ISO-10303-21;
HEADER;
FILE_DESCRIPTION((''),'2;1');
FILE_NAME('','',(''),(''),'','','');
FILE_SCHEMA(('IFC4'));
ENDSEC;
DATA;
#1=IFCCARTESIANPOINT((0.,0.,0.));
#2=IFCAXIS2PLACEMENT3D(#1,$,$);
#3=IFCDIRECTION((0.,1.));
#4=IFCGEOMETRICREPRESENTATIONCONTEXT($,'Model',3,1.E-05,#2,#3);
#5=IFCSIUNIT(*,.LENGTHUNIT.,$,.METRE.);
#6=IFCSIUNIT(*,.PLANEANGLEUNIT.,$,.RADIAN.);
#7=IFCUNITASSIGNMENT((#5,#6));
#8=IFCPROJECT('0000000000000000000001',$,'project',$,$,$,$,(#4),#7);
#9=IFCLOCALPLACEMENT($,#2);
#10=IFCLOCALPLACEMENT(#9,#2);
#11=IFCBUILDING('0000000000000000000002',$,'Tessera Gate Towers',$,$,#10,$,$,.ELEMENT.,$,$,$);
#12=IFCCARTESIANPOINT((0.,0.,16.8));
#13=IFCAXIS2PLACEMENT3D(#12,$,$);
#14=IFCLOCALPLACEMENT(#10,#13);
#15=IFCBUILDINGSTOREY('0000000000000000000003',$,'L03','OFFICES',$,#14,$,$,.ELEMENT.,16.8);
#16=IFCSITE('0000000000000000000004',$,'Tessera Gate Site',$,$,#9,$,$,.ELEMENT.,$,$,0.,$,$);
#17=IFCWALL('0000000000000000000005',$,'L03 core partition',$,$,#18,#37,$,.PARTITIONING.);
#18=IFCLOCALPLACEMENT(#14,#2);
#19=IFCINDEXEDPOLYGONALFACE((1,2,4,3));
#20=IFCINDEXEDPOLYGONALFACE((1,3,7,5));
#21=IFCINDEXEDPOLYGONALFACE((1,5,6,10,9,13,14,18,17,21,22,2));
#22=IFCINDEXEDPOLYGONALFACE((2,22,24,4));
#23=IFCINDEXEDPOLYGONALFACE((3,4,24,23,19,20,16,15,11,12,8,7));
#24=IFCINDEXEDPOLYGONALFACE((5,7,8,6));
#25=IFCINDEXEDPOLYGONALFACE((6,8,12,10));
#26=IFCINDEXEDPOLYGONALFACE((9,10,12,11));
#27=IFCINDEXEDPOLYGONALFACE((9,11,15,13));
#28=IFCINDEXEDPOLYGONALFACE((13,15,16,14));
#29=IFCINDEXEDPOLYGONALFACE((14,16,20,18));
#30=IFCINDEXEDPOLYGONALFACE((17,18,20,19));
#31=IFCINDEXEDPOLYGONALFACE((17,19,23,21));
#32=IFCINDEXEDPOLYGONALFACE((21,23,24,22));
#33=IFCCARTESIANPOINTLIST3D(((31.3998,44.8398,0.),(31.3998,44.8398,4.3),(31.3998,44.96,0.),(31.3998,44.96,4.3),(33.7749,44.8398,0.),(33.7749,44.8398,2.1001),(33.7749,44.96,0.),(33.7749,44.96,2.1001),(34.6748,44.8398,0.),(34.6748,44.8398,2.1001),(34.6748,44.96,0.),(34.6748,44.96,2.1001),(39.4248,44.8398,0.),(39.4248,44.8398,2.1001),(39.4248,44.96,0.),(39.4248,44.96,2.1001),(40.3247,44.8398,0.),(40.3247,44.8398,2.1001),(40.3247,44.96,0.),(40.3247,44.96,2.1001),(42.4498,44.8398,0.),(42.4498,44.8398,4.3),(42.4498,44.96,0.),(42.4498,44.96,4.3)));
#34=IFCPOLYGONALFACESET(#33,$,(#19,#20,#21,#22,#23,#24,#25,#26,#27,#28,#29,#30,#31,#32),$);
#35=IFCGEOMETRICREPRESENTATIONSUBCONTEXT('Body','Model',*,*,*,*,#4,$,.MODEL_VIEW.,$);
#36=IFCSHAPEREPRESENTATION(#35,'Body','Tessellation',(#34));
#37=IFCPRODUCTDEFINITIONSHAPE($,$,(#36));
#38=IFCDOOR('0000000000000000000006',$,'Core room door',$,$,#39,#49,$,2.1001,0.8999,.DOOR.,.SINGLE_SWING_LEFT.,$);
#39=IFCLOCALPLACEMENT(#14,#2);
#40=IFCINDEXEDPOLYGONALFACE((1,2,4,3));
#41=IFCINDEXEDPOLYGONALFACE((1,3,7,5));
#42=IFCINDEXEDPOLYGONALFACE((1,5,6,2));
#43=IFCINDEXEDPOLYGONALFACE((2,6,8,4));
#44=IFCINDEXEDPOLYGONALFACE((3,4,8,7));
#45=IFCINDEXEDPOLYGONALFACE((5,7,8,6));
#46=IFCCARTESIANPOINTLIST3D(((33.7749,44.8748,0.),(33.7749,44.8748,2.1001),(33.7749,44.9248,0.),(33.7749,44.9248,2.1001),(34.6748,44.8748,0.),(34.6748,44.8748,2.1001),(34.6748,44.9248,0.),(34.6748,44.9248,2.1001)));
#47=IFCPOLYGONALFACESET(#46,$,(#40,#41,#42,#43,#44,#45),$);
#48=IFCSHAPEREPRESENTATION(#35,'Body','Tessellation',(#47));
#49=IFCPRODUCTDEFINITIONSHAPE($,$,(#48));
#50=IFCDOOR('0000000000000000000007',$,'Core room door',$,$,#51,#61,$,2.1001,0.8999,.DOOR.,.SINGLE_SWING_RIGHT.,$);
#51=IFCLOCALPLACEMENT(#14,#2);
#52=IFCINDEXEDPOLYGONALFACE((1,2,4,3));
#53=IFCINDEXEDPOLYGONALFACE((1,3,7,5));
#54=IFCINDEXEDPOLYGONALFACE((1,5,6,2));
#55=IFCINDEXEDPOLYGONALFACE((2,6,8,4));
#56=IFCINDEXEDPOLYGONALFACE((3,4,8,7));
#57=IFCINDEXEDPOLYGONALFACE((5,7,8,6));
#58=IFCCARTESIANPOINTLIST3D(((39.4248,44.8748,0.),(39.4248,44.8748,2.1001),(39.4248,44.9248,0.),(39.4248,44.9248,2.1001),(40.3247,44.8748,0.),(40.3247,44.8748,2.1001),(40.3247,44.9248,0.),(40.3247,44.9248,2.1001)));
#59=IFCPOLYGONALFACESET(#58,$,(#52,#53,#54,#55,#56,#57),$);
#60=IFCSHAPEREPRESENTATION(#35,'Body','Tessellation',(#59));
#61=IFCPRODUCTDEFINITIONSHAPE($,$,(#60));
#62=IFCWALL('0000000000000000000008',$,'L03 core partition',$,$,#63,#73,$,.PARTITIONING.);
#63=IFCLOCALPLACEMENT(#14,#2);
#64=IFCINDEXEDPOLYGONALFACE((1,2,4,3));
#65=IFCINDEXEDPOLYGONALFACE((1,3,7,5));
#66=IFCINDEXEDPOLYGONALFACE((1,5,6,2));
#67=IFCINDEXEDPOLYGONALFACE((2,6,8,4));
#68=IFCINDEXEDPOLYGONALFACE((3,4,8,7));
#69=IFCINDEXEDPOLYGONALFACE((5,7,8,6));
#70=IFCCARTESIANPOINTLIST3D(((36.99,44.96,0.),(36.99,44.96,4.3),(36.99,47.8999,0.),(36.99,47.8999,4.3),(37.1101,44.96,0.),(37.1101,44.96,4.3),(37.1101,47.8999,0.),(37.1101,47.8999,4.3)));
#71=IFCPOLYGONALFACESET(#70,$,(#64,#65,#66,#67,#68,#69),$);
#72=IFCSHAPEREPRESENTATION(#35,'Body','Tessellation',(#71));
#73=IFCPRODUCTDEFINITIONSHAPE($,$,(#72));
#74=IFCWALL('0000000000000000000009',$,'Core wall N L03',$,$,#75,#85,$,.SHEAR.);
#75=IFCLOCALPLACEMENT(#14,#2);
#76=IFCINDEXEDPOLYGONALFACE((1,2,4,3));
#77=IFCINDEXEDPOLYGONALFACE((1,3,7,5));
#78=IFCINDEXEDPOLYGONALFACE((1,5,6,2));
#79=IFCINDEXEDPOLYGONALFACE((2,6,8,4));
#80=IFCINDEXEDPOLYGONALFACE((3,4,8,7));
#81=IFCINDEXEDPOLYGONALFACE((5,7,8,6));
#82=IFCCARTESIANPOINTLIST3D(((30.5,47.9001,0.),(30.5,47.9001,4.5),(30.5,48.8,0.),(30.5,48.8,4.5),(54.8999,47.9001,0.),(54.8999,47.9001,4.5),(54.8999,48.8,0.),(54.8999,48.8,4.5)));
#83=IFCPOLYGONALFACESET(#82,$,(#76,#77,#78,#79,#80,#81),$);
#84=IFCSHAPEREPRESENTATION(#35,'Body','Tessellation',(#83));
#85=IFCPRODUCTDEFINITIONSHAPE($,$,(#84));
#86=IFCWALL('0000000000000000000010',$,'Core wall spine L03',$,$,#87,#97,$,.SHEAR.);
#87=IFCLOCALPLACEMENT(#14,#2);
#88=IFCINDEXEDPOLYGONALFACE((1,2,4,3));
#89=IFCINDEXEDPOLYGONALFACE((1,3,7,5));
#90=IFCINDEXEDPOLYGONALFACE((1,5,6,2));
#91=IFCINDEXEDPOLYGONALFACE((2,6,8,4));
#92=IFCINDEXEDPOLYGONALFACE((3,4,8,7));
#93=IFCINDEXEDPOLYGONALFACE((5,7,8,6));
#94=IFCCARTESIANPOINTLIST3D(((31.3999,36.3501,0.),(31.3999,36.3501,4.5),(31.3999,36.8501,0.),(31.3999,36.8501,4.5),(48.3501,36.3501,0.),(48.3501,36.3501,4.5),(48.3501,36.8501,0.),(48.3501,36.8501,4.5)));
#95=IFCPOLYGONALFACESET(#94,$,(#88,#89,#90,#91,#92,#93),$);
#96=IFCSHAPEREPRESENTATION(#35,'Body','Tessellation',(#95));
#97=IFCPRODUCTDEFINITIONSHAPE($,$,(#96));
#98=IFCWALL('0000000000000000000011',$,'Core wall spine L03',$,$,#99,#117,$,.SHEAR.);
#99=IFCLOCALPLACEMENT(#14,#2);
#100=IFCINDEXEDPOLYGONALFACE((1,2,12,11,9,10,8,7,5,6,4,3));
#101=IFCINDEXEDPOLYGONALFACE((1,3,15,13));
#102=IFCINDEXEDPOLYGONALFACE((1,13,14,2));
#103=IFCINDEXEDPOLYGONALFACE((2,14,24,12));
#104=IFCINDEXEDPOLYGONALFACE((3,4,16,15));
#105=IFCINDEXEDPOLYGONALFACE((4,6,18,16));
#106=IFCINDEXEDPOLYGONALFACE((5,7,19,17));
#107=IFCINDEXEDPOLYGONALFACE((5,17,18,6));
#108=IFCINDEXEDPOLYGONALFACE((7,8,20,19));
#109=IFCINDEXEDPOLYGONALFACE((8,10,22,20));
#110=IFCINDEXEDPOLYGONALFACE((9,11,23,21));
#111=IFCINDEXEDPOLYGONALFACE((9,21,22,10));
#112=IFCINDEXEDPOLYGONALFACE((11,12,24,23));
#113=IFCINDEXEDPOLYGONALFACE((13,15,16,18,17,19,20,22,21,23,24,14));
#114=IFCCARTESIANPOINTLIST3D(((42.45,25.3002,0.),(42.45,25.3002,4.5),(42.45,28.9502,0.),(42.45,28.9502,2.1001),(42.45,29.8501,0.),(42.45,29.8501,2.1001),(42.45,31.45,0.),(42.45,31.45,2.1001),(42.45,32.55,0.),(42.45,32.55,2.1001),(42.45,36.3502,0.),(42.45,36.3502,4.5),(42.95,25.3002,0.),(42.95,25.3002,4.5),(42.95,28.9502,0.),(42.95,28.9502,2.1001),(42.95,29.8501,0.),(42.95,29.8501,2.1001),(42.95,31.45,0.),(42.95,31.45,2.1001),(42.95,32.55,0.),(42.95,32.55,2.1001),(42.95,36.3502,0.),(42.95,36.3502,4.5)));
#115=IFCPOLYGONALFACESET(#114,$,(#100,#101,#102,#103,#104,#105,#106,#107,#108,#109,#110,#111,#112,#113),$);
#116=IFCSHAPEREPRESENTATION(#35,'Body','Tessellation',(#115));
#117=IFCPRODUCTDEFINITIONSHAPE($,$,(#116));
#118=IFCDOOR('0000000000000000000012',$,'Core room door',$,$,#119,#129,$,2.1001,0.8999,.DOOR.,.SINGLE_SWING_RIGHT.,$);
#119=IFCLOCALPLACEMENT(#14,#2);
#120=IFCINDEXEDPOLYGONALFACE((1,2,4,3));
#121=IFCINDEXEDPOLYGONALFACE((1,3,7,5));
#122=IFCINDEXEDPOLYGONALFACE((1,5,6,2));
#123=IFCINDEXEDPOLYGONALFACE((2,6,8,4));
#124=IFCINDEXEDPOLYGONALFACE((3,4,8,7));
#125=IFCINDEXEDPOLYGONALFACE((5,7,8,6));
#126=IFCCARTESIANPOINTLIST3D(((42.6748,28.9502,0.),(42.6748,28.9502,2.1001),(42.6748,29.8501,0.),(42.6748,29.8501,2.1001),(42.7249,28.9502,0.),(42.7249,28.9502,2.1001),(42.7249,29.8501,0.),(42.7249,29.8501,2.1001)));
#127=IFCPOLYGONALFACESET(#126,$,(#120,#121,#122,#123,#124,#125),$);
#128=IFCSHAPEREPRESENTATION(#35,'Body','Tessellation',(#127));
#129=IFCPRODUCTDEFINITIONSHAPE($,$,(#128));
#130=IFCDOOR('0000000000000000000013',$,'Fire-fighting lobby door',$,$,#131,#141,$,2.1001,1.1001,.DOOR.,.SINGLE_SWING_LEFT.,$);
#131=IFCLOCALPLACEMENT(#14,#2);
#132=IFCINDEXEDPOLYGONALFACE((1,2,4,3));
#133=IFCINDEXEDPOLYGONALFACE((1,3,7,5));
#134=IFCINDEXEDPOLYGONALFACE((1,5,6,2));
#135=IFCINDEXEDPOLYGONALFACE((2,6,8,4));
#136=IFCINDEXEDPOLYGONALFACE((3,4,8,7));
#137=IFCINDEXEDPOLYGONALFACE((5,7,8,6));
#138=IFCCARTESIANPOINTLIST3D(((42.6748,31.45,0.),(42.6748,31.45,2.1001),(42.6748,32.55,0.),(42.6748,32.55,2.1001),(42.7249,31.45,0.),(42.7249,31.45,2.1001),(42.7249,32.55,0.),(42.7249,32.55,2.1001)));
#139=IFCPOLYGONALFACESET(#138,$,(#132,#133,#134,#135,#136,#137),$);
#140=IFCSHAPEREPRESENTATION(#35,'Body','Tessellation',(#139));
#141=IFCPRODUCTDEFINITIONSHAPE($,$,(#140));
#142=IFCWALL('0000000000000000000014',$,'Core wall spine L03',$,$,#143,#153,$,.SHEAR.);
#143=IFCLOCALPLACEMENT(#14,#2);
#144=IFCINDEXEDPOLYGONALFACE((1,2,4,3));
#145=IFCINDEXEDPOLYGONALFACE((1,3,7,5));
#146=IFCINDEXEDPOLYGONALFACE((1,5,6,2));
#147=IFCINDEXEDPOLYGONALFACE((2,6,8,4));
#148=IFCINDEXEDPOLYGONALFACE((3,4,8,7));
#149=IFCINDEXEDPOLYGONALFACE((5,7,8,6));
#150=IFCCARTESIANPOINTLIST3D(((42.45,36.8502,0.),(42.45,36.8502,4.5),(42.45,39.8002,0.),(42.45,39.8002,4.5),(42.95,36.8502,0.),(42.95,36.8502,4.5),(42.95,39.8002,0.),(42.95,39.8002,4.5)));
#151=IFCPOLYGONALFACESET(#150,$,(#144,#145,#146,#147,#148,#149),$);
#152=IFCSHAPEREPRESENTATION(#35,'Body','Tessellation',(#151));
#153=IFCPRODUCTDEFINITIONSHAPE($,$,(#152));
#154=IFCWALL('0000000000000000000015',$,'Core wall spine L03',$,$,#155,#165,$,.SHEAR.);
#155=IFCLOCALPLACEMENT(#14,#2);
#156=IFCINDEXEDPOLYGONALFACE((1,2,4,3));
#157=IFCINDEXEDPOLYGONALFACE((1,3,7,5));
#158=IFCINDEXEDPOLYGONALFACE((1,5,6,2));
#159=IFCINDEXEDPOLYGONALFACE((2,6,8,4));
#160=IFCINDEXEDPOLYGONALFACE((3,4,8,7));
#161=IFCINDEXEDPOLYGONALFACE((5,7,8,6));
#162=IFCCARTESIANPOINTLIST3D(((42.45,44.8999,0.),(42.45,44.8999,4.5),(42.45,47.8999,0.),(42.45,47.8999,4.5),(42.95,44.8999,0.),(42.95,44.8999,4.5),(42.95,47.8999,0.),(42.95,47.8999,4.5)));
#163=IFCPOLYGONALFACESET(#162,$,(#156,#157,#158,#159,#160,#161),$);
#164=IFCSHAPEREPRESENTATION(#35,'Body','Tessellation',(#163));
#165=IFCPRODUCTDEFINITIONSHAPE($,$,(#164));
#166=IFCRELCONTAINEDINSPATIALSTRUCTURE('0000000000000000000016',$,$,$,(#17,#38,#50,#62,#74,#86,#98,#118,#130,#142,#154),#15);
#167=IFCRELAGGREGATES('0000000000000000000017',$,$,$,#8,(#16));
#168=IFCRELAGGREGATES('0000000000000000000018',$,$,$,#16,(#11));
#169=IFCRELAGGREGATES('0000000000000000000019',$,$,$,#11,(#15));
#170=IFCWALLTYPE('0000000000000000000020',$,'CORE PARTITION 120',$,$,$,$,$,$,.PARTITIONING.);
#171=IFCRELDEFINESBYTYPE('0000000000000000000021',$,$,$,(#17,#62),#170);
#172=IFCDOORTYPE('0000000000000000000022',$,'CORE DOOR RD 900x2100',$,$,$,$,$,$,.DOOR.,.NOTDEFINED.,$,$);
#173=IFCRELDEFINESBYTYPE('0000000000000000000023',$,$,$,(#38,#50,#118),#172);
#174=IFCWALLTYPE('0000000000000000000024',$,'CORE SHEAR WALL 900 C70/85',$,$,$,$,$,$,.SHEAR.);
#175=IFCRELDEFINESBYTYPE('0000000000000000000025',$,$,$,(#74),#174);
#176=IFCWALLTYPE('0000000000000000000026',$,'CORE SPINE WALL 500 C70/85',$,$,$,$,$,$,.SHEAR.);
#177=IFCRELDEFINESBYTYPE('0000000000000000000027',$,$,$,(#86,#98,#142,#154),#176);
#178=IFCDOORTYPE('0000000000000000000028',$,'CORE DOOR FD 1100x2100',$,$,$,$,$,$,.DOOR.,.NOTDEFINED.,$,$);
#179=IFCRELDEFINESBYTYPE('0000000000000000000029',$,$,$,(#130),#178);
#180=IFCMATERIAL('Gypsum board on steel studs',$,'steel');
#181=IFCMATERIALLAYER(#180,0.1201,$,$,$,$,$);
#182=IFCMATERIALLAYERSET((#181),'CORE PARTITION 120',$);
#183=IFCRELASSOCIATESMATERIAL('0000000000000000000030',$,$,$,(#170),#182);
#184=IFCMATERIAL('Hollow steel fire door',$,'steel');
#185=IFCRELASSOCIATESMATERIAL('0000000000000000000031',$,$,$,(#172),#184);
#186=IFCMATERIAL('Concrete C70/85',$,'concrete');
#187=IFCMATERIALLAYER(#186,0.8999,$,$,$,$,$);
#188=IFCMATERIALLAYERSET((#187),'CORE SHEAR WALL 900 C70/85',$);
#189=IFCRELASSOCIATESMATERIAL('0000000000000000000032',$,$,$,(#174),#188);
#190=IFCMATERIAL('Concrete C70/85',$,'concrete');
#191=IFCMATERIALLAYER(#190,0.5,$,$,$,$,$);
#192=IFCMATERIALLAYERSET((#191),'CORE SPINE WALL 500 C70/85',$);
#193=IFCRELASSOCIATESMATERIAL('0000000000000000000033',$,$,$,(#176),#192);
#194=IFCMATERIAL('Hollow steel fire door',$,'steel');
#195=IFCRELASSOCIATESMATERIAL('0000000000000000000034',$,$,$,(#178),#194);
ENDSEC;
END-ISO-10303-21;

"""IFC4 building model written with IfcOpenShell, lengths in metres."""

from ifc_helpers import new_model, si_unit, direction, frame, frame_2d, origin, place, context, subcontext, project, spatial, rectangle, extrude, source, transform, mapped, material, layer, layer_set, type_object, element, fill, save


model = new_model("IFC4")

# Units and contexts
model_context = context("Model", 3, precision=1e-05, world=origin(), true_north=direction((0.0, 1.0)))
body_context = subcontext(model_context, "Body", "Model", "MODEL_VIEW")
ifc_project = project(units=[si_unit("LENGTHUNIT", "METRE"), si_unit("PLANEANGLEUNIT", "RADIAN")], contexts=[model_context])

# Site, building, storey
site_placement = place(None, origin())
site = spatial("IfcSite", under=ifc_project, at=site_placement, Name="Tessera Gate Site", CompositionType="ELEMENT", RefElevation=0.0)
building_placement = place(site_placement, origin())
building = spatial("IfcBuilding", under=site, at=building_placement, Name="Tessera Gate Towers", CompositionType="ELEMENT")
storey_placement = place(building_placement, frame((0.0, 0.0, 16.8)))
storey = spatial("IfcBuildingStorey", under=building, at=storey_placement, Name="L03", Description="OFFICES", CompositionType="ELEMENT", Elevation=16.8)

# Shared definitions
ifc_material_1 = material(Name="Gypsum board on steel studs", Category="steel")
ifc_layer_1 = layer(ifc_material_1, 0.1201)
ifc_layer_set_1 = layer_set([ifc_layer_1], Name="CORE PARTITION 120")
wall_type_1 = type_object("IfcWallType", Name="CORE PARTITION 120", PredefinedType="PARTITIONING", material=ifc_layer_set_1)
shared_shape_1 = source(origin(), body_context, "Body", "SweptSolid", [
    extrude(rectangle(XDim=0.8999, YDim=2.1001, at=frame_2d((0.45, 1.05))), frame((0.0, 0.0701, 0.0), z_axis=(0.0, -1.0, 0.0), x_axis=(1.0, 0.0, 0.0)), (0.0, 0.0, 1.0), 0.1401),
])
ifc_material_2 = material(Name="Hollow steel fire door", Category="steel")
door_type_1 = type_object("IfcDoorType", Name="CORE DOOR RD 900x2100", OperationType="NOTDEFINED", PredefinedType="DOOR", material=ifc_material_2)
shared_shape_2 = source(origin(), body_context, "Body", "SweptSolid", [
    extrude(rectangle(XDim=0.8999, YDim=2.1001, at=frame_2d((0.45, 1.05))), frame((0.0, 0.0249, 0.0), z_axis=(0.0, -1.0, 0.0), x_axis=(1.0, 0.0, 0.0)), (0.0, 0.0, 1.0), 0.05),
])

# Wall, openings, doors
wall_1_placement = place(storey_placement, frame((31.3999, 44.8999, 0.0), z_axis=(0.0, 0.0, 1.0), x_axis=(1.0, 0.0, 0.0)))
wall_1 = element("IfcWall", 1, at=wall_1_placement, inside=storey, type_object=wall_type_1, Name="L03 core partition", PredefinedType="PARTITIONING", context=body_context, shape_type="SweptSolid", body=[
    extrude(rectangle(XDim=11.05, YDim=0.1201, at=frame_2d((5.5249, 0.0))), origin(), (0.0, 0.0, 1.0), 4.3),
])
opening_1_placement = place(wall_1_placement, frame((2.375, 0.0, 0.0)))
opening_1 = element("IfcOpeningElement", 2, at=opening_1_placement, cuts=wall_1, PredefinedType="OPENING", context=body_context, shape_type="MappedRepresentation", body=[
    mapped(shared_shape_1, transform((0.0, 0.0, 0.0), scale=1.0)),
])
opening_2_placement = place(wall_1_placement, frame((8.0249, 0.0, 0.0)))
opening_2 = element("IfcOpeningElement", 3, at=opening_2_placement, cuts=wall_1, PredefinedType="OPENING", context=body_context, shape_type="MappedRepresentation", body=[
    mapped(shared_shape_1, transform((0.0, 0.0, 0.0), scale=1.0)),
])
door_1_placement = place(opening_1_placement, origin())
door_1 = element("IfcDoor", 4, at=door_1_placement, inside=storey, type_object=door_type_1, Name="Core room door", OperationType="SINGLE_SWING_LEFT", OverallHeight=2.1001, OverallWidth=0.8999, PredefinedType="DOOR", context=body_context, shape_type="MappedRepresentation", body=[
    mapped(shared_shape_2, transform((0.0, 0.0, 0.0), scale=1.0)),
])
fill(opening_1, door_1)
door_2_placement = place(opening_2_placement, origin())
door_2 = element("IfcDoor", 5, at=door_2_placement, inside=storey, type_object=door_type_1, Name="Core room door", OperationType="SINGLE_SWING_RIGHT", OverallHeight=2.1001, OverallWidth=0.8999, PredefinedType="DOOR", context=body_context, shape_type="MappedRepresentation", body=[
    mapped(shared_shape_2, transform((0.0, 0.0, 0.0), scale=1.0)),
])
fill(opening_2, door_2)

# Walls
wall_2_placement = place(storey_placement, frame((37.05, 44.96, 0.0), z_axis=(0.0, 0.0, 1.0), x_axis=(0.0, 1.0, 0.0)))
element("IfcWall", 6, at=wall_2_placement, inside=storey, type_object=wall_type_1, Name="L03 core partition", PredefinedType="PARTITIONING", context=body_context, shape_type="SweptSolid", body=[
    extrude(rectangle(XDim=2.9399, YDim=0.1201, at=frame_2d((1.47, 0.0))), origin(), (0.0, 0.0, 1.0), 4.3),
])
ifc_material_3 = material(Name="Concrete C70/85", Category="concrete")
ifc_layer_2 = layer(ifc_material_3, 0.8999)
ifc_layer_set_2 = layer_set([ifc_layer_2], Name="CORE SHEAR WALL 900 C70/85")
wall_type_2 = type_object("IfcWallType", Name="CORE SHEAR WALL 900 C70/85", PredefinedType="SHEAR", material=ifc_layer_set_2)
wall_3_placement = place(storey_placement, frame((30.5, 48.3501, 0.0), z_axis=(0.0, 0.0, 1.0), x_axis=(1.0, 0.0, 0.0)))
element("IfcWall", 7, at=wall_3_placement, inside=storey, type_object=wall_type_2, Name="Core wall N L03", PredefinedType="SHEAR", context=body_context, shape_type="SweptSolid", body=[
    extrude(rectangle(XDim=24.3999, YDim=0.8999, at=frame_2d((12.2, 0.0))), origin(), (0.0, 0.0, 1.0), 4.5),
])
ifc_material_4 = material(Name="Concrete C70/85", Category="concrete")
ifc_layer_3 = layer(ifc_material_4, 0.5)
ifc_layer_set_3 = layer_set([ifc_layer_3], Name="CORE SPINE WALL 500 C70/85")
wall_type_3 = type_object("IfcWallType", Name="CORE SPINE WALL 500 C70/85", PredefinedType="SHEAR", material=ifc_layer_set_3)
wall_4_placement = place(storey_placement, frame((31.3999, 36.6001, 0.0), z_axis=(0.0, 0.0, 1.0), x_axis=(1.0, 0.0, 0.0)))
element("IfcWall", 8, at=wall_4_placement, inside=storey, type_object=wall_type_3, Name="Core wall spine L03", PredefinedType="SHEAR", context=body_context, shape_type="SweptSolid", body=[
    extrude(rectangle(XDim=16.9502, YDim=0.5, at=frame_2d((8.4751, 0.0))), origin(), (0.0, 0.0, 1.0), 4.5),
])

# Wall, openings, doors
wall_5_placement = place(storey_placement, frame((42.7, 36.3501, 0.0), z_axis=(0.0, 0.0, 1.0), x_axis=(0.0, -1.0, 0.0)))
wall_5 = element("IfcWall", 9, at=wall_5_placement, inside=storey, type_object=wall_type_3, Name="Core wall spine L03", PredefinedType="SHEAR", context=body_context, shape_type="SweptSolid", body=[
    extrude(rectangle(XDim=11.05, YDim=0.5, at=frame_2d((5.5249, 0.0))), origin(), (0.0, 0.0, 1.0), 4.5),
])
shared_shape_3 = source(origin(), body_context, "Body", "SweptSolid", [
    extrude(rectangle(XDim=0.8999, YDim=2.1001, at=frame_2d((0.45, 1.05))), frame((0.0, 0.26, 0.0), z_axis=(0.0, -1.0, 0.0), x_axis=(1.0, 0.0, 0.0)), (0.0, 0.0, 1.0), 0.52),
])
opening_3_placement = place(wall_5_placement, frame((6.5, 0.0, 0.0)))
opening_3 = element("IfcOpeningElement", 10, at=opening_3_placement, cuts=wall_5, PredefinedType="OPENING", context=body_context, shape_type="MappedRepresentation", body=[
    mapped(shared_shape_3, transform((0.0, 0.0, 0.0), scale=1.0)),
])
shared_shape_4 = source(origin(), body_context, "Body", "SweptSolid", [
    extrude(rectangle(XDim=1.1001, YDim=2.1001, at=frame_2d((0.55, 1.05))), frame((0.0, 0.26, 0.0), z_axis=(0.0, -1.0, 0.0), x_axis=(1.0, 0.0, 0.0)), (0.0, 0.0, 1.0), 0.52),
])
opening_4_placement = place(wall_5_placement, frame((3.8, 0.0, 0.0)))
opening_4 = element("IfcOpeningElement", 11, at=opening_4_placement, cuts=wall_5, PredefinedType="OPENING", context=body_context, shape_type="MappedRepresentation", body=[
    mapped(shared_shape_4, transform((0.0, 0.0, 0.0), scale=1.0)),
])
door_3_placement = place(opening_3_placement, origin())
door_3 = element("IfcDoor", 12, at=door_3_placement, inside=storey, type_object=door_type_1, Name="Core room door", OperationType="SINGLE_SWING_RIGHT", OverallHeight=2.1001, OverallWidth=0.8999, PredefinedType="DOOR", context=body_context, shape_type="MappedRepresentation", body=[
    mapped(shared_shape_2, transform((0.0, 0.0, 0.0), scale=1.0)),
])
fill(opening_3, door_3)
ifc_material_5 = material(Name="Hollow steel fire door", Category="steel")
door_type_2 = type_object("IfcDoorType", Name="CORE DOOR FD 1100x2100", OperationType="NOTDEFINED", PredefinedType="DOOR", material=ifc_material_5)
shared_shape_5 = source(origin(), body_context, "Body", "SweptSolid", [
    extrude(rectangle(XDim=1.1001, YDim=2.1001, at=frame_2d((0.55, 1.05))), frame((0.0, 0.0249, 0.0), z_axis=(0.0, -1.0, 0.0), x_axis=(1.0, 0.0, 0.0)), (0.0, 0.0, 1.0), 0.05),
])
door_4_placement = place(opening_4_placement, origin())
door_4 = element("IfcDoor", 13, at=door_4_placement, inside=storey, type_object=door_type_2, Name="Fire-fighting lobby door", OperationType="SINGLE_SWING_LEFT", OverallHeight=2.1001, OverallWidth=1.1001, PredefinedType="DOOR", context=body_context, shape_type="MappedRepresentation", body=[
    mapped(shared_shape_5, transform((0.0, 0.0, 0.0), scale=1.0)),
])
fill(opening_4, door_4)

# Walls
wall_6_placement = place(storey_placement, frame((42.7, 36.8501, 0.0), z_axis=(0.0, 0.0, 1.0), x_axis=(0.0, 1.0, 0.0)))
element("IfcWall", 14, at=wall_6_placement, inside=storey, type_object=wall_type_3, Name="Core wall spine L03", PredefinedType="SHEAR", context=body_context, shape_type="SweptSolid", body=[
    extrude(rectangle(XDim=2.95, YDim=0.5, at=frame_2d((1.4751, 0.0))), origin(), (0.0, 0.0, 1.0), 4.5),
])
wall_7_placement = place(storey_placement, frame((42.7, 44.8999, 0.0), z_axis=(0.0, 0.0, 1.0), x_axis=(0.0, 1.0, 0.0)))
element("IfcWall", 15, at=wall_7_placement, inside=storey, type_object=wall_type_3, Name="Core wall spine L03", PredefinedType="SHEAR", context=body_context, shape_type="SweptSolid", body=[
    extrude(rectangle(XDim=3.0, YDim=0.5, at=frame_2d((1.5, 0.0))), origin(), (0.0, 0.0, 1.0), 4.5),
])

save(model, "model.ifc")
